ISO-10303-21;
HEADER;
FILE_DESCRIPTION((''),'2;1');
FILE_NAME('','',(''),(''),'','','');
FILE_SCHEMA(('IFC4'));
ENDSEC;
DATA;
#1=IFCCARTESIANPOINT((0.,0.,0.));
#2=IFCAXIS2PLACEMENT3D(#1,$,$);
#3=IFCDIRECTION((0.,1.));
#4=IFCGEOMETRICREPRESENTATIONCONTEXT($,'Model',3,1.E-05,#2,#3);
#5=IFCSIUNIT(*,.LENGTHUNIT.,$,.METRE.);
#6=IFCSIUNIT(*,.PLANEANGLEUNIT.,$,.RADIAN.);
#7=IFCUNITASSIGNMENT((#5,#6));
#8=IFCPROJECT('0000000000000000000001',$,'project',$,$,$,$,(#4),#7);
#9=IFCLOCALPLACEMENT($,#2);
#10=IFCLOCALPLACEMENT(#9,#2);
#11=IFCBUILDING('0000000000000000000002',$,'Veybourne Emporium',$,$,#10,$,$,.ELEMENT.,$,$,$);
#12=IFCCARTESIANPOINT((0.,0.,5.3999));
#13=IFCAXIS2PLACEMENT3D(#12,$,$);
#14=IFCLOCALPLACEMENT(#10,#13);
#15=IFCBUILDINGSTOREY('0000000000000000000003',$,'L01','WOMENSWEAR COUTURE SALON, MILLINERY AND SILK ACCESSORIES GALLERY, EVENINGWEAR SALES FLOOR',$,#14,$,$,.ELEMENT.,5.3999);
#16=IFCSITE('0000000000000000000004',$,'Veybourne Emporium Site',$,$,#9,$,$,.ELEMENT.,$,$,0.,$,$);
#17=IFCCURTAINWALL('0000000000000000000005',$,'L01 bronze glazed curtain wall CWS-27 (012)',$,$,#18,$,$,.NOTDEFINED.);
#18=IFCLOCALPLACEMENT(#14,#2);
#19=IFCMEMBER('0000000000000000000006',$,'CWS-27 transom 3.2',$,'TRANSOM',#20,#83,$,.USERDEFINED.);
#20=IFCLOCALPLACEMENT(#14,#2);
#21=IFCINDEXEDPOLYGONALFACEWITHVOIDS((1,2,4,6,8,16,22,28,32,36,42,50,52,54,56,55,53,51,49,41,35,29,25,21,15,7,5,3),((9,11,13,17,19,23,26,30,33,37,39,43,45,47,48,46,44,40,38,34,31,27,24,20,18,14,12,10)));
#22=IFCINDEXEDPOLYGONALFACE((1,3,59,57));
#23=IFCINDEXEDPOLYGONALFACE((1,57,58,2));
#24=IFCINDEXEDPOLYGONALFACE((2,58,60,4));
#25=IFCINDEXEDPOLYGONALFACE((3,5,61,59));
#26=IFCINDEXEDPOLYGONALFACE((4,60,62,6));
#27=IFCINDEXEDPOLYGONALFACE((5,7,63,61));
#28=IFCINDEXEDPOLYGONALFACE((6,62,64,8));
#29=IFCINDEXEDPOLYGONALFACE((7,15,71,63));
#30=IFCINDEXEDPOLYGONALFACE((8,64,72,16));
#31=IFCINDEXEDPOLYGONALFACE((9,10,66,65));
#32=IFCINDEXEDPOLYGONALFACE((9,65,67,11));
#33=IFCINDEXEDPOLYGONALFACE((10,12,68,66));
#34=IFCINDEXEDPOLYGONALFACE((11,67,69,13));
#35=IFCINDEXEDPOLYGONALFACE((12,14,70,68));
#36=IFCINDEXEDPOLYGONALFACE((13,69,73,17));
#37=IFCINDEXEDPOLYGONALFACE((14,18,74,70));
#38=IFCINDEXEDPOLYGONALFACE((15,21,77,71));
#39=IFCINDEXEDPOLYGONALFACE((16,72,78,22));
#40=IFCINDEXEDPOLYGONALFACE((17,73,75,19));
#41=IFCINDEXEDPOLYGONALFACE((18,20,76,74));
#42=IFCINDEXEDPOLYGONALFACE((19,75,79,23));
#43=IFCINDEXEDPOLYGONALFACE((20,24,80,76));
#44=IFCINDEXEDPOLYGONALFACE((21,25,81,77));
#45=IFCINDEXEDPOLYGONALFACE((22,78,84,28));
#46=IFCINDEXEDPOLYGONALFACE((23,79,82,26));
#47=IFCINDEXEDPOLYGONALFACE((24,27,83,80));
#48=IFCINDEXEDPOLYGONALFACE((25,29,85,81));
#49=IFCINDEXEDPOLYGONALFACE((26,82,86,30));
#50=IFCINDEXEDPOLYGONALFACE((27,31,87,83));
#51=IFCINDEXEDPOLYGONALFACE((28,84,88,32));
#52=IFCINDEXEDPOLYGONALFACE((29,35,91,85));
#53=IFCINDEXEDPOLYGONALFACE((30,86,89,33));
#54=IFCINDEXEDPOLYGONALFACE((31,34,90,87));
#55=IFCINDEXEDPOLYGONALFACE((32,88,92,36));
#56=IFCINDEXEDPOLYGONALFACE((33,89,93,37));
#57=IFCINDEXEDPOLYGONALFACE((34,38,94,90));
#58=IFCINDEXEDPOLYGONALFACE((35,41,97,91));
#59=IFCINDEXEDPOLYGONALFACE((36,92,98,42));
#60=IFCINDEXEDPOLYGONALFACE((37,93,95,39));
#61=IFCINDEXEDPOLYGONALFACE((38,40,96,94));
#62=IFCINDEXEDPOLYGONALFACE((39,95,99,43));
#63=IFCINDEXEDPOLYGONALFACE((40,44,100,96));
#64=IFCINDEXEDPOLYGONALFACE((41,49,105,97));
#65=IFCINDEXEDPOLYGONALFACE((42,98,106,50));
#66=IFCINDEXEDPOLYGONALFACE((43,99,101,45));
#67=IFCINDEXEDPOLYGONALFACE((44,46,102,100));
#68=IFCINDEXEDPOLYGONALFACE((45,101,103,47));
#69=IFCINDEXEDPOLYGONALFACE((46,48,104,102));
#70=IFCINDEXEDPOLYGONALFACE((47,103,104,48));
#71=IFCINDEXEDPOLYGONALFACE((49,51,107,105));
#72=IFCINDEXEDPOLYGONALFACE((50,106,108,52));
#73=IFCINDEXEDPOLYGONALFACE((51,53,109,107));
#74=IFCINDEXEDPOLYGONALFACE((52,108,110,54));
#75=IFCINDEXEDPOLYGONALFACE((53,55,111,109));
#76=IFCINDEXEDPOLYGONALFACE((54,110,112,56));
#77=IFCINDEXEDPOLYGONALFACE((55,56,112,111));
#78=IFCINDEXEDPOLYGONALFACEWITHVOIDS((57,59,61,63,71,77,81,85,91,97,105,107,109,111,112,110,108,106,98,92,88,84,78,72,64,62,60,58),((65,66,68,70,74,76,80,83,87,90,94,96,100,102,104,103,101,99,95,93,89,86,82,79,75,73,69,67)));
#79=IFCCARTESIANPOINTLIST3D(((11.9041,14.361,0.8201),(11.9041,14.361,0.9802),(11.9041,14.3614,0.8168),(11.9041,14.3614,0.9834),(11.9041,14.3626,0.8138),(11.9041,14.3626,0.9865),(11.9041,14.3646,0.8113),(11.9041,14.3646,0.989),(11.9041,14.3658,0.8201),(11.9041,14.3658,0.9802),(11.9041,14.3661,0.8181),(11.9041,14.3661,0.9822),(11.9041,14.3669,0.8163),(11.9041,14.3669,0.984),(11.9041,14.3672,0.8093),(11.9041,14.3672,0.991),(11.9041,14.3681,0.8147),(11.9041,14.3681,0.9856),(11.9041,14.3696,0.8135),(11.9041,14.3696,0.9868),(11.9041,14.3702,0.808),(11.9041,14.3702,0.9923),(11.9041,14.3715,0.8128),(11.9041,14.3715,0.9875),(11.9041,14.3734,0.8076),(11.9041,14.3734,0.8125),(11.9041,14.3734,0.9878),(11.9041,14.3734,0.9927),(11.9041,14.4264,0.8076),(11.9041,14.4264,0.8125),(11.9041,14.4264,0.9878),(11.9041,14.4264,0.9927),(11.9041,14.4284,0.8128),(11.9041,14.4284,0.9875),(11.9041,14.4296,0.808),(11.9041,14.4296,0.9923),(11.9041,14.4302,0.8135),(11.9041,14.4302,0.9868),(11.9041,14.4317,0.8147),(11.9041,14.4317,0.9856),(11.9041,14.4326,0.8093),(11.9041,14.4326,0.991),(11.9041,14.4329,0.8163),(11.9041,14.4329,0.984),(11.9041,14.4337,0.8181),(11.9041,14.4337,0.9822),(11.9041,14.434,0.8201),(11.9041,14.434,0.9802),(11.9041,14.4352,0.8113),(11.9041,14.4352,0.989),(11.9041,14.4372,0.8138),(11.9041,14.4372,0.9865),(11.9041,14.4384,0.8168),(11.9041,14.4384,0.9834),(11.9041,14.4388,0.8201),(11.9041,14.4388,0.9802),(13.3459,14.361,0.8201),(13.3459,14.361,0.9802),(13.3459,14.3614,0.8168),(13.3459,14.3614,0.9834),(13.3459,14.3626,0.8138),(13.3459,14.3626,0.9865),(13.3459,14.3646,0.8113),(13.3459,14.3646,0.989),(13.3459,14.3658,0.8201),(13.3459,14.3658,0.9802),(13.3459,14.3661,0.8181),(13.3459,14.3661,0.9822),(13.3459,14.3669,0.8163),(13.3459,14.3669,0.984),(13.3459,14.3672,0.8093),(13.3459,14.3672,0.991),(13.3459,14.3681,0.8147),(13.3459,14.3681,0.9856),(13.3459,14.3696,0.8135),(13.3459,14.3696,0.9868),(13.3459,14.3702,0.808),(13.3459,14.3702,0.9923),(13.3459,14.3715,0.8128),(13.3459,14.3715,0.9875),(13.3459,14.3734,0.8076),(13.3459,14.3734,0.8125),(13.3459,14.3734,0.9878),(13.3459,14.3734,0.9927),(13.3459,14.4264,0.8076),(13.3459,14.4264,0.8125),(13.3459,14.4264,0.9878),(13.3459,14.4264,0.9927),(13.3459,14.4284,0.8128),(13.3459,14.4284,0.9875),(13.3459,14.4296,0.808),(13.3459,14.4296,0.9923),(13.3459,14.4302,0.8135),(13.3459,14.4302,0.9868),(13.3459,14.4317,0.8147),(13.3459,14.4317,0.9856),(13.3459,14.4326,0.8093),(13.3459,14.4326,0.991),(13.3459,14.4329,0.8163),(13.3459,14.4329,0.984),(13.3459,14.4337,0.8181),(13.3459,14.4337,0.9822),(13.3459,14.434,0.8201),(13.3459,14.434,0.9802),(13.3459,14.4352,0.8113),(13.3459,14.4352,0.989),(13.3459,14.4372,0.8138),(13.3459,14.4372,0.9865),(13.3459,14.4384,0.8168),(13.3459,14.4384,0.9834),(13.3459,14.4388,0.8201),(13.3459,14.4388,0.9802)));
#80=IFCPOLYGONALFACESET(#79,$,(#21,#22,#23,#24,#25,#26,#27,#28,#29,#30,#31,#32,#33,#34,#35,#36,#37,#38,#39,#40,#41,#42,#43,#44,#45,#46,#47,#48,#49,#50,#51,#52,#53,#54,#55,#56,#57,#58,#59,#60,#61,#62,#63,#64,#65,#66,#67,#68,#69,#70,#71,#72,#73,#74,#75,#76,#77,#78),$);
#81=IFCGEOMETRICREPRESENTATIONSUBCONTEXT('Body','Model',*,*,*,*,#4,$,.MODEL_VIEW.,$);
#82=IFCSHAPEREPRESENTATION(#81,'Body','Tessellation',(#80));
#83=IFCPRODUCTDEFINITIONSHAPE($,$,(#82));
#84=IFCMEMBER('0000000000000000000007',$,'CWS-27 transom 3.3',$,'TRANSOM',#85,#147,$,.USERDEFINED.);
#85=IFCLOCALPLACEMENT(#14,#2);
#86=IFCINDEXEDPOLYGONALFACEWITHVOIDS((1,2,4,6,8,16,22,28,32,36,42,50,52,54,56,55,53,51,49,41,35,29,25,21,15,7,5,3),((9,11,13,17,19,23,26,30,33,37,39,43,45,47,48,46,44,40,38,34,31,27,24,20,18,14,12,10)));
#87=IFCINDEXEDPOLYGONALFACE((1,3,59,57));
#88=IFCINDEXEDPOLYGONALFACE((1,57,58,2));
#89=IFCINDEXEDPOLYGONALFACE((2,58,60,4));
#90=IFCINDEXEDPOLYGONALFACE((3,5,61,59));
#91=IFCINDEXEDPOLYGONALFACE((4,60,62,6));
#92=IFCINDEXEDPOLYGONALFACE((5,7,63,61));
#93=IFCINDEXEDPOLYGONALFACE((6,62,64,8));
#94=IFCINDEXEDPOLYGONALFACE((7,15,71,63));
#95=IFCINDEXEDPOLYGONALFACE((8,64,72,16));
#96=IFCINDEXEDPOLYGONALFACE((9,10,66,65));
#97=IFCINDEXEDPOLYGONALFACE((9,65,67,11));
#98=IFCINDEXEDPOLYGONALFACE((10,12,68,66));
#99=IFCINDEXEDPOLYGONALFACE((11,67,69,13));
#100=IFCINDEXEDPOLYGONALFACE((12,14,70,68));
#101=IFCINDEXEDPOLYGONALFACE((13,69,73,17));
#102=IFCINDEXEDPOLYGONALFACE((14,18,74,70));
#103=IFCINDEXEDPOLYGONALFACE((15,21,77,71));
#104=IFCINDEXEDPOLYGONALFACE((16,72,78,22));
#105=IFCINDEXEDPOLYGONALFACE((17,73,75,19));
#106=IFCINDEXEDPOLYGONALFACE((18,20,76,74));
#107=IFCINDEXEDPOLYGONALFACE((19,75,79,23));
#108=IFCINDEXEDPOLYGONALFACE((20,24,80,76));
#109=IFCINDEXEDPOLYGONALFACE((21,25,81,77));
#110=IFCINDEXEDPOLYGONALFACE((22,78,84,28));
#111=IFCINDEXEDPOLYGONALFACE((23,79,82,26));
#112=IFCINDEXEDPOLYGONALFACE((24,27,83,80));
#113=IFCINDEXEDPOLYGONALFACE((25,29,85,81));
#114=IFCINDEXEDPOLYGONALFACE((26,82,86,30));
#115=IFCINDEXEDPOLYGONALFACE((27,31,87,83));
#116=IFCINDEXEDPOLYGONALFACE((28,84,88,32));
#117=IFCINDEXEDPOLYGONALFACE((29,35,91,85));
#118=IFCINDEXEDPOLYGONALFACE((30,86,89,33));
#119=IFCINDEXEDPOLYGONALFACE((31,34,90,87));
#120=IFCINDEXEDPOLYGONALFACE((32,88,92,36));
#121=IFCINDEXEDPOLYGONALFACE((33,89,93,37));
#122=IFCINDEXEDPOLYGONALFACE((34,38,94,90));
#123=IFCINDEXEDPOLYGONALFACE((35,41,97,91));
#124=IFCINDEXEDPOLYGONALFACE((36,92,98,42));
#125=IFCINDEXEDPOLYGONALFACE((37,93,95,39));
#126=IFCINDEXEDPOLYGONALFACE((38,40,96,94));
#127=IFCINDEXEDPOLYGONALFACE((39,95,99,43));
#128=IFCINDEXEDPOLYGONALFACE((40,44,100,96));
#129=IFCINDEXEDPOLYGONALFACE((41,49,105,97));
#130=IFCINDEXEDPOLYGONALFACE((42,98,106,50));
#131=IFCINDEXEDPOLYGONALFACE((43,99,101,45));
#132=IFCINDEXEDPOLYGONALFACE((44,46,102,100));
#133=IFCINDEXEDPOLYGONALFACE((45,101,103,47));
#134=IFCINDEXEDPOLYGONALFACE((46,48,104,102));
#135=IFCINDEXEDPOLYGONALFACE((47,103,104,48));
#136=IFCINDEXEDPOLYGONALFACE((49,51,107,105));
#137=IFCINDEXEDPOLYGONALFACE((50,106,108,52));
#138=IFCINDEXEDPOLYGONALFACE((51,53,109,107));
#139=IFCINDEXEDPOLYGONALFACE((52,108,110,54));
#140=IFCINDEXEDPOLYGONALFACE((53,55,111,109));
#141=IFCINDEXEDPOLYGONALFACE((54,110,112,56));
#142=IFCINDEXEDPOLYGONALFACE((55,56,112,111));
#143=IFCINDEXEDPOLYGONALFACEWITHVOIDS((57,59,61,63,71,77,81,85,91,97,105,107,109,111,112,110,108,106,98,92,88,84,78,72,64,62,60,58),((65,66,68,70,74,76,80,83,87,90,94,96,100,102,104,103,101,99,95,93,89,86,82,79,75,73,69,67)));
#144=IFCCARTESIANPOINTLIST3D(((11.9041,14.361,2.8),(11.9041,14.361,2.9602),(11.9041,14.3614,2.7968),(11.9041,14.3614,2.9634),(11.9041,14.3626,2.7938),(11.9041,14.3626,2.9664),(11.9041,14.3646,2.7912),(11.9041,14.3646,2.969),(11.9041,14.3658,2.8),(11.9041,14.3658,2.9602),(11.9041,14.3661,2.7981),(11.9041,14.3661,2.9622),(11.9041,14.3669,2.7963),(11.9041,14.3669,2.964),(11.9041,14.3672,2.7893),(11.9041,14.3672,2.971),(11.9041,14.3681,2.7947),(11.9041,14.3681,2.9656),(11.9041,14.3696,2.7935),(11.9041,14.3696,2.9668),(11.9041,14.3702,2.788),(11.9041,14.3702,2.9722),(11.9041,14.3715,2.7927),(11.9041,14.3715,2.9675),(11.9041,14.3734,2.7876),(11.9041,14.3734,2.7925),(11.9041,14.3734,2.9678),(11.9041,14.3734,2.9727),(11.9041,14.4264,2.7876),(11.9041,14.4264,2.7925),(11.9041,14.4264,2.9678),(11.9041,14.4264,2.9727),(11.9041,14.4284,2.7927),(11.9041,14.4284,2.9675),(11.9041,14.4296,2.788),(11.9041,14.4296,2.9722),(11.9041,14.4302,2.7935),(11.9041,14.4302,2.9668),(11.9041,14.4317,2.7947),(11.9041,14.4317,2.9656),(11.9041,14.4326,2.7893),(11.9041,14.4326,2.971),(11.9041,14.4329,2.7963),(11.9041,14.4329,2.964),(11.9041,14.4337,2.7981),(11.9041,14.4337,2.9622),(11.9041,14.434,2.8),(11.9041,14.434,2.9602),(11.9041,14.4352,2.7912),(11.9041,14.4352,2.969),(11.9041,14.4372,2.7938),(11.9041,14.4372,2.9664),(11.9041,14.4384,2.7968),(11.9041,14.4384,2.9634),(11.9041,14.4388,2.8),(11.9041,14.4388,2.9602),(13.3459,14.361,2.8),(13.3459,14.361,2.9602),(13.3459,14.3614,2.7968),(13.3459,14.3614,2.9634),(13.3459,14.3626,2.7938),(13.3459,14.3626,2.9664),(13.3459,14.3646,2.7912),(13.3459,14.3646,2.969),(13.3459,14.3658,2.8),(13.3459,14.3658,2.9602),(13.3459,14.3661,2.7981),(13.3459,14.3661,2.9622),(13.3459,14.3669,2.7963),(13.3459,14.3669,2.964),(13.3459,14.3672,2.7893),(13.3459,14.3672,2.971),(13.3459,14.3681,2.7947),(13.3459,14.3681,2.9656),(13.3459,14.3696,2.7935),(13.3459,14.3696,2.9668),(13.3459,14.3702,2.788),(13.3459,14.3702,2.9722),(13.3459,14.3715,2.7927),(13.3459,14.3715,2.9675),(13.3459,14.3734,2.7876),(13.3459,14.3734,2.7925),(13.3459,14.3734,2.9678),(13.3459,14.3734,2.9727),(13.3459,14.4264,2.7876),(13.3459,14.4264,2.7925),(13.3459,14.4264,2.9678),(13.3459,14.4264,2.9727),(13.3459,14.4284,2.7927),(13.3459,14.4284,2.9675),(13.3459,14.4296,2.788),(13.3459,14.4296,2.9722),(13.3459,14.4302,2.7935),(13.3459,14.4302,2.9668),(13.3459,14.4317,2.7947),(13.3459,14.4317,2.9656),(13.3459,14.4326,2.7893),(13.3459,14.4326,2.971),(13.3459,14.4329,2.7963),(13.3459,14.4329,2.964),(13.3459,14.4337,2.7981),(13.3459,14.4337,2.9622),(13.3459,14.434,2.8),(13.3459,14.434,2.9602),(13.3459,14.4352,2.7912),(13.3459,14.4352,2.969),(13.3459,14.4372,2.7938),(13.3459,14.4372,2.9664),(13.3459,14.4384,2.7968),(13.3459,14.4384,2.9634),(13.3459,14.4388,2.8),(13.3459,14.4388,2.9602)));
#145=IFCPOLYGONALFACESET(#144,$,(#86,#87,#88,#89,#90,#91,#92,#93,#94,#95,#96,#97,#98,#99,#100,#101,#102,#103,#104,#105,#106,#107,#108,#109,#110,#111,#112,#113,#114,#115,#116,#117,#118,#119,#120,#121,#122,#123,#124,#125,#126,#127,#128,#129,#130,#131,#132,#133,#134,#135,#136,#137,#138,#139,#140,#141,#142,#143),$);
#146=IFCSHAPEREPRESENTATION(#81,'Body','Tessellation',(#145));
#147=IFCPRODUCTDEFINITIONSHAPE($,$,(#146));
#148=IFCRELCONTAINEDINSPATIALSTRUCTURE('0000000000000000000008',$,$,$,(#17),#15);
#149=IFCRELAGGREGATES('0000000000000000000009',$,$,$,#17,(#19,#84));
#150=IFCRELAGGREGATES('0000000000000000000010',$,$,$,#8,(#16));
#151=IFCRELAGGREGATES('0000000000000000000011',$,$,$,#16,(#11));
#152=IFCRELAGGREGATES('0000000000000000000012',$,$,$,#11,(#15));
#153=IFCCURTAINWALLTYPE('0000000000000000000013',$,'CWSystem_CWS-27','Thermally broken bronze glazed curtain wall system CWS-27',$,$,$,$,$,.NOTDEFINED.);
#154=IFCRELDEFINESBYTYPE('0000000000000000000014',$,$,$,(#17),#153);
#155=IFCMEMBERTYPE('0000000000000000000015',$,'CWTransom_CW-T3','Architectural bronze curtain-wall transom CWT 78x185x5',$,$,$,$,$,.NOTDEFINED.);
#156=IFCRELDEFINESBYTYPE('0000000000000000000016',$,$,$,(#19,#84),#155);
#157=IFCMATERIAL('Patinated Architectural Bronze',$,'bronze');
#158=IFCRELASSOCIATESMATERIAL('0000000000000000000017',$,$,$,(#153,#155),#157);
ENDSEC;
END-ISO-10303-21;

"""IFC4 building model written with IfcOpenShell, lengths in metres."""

from ifc_helpers import new_model, si_unit, direction, frame, origin, origin_2d, place, context, subcontext, project, spatial, hollow_rectangle, extrude, material, material_profile, profile_set, type_object, element, aggregate, save


model = new_model("IFC4")

# Units and contexts
model_context = context("Model", 3, precision=1e-05, world=origin(), true_north=direction((0.0, 1.0)))
body_context = subcontext(model_context, "Body", "Model", "MODEL_VIEW")
ifc_project = project(units=[si_unit("LENGTHUNIT", "METRE"), si_unit("PLANEANGLEUNIT", "RADIAN")], contexts=[model_context])

# Site, building, storey
site_placement = place(None, origin())
site = spatial("IfcSite", under=ifc_project, at=site_placement, Name="Veybourne Emporium Site", CompositionType="ELEMENT", RefElevation=0.0)
building_placement = place(site_placement, origin())
building = spatial("IfcBuilding", under=site, at=building_placement, Name="Veybourne Emporium", CompositionType="ELEMENT")
storey_placement = place(building_placement, frame((0.0, 0.0, 5.3999)))
storey = spatial("IfcBuildingStorey", under=building, at=storey_placement, Name="L01", Description="WOMENSWEAR COUTURE SALON, MILLINERY AND SILK ACCESSORIES GALLERY, EVENINGWEAR SALES FLOOR", CompositionType="ELEMENT", Elevation=5.3999)

# Curtain wall, members
ifc_material_1 = material(Name="Patinated Architectural Bronze", Category="bronze")
curtain_wall_type = type_object("IfcCurtainWallType", Name="CWSystem_CWS-27", Description="Thermally broken bronze glazed curtain wall system CWS-27", PredefinedType="NOTDEFINED", material=ifc_material_1)
curtain_wall_placement = place(storey_placement, origin())
curtain_wall = element("IfcCurtainWall", 1, at=curtain_wall_placement, inside=storey, type_object=curtain_wall_type, Name="L01 bronze glazed curtain wall CWS-27 (012)", PredefinedType="NOTDEFINED")
ifc_material_profile_1 = material_profile(ifc_material_1, hollow_rectangle(XDim=0.0779, YDim=0.1851, WallThickness=0.0049, InnerFilletRadius=0.0076, OuterFilletRadius=0.0125, at=origin_2d()), Name="CWT 78x185x5")
ifc_profile_set_1 = profile_set([ifc_material_profile_1], Name="Patinated Architectural Bronze")
member_type_1 = type_object("IfcMemberType", Name="CWTransom_CW-T3", Description="Architectural bronze curtain-wall transom CWT 78x185x5", PredefinedType="NOTDEFINED", material=ifc_profile_set_1)
member_1_placement = place(storey_placement, frame((13.3459, 14.3999, 0.9001), z_axis=(-1.0, 0.0, 0.0), x_axis=(0.0, -1.0, 0.0)))
member_1 = element("IfcMember", 2, at=member_1_placement, type_object=member_type_1, Name="CWS-27 transom 3.2", ObjectType="TRANSOM", PredefinedType="USERDEFINED", context=body_context, shape_type="SweptSolid", body=[
    extrude(hollow_rectangle(XDim=0.0779, YDim=0.1851, WallThickness=0.0049, InnerFilletRadius=0.0076, OuterFilletRadius=0.0125, at=origin_2d()), origin(), (0.0, 0.0, 1.0), 1.4419),
])
member_2_placement = place(storey_placement, frame((13.3459, 14.3999, 2.8801), z_axis=(-1.0, 0.0, 0.0), x_axis=(0.0, -1.0, 0.0)))
member_2 = element("IfcMember", 3, at=member_2_placement, type_object=member_type_1, Name="CWS-27 transom 3.3", ObjectType="TRANSOM", PredefinedType="USERDEFINED", context=body_context, shape_type="SweptSolid", body=[
    extrude(hollow_rectangle(XDim=0.0779, YDim=0.1851, WallThickness=0.0049, InnerFilletRadius=0.0076, OuterFilletRadius=0.0125, at=origin_2d()), origin(), (0.0, 0.0, 1.0), 1.4419),
])
aggregate(curtain_wall, [member_1, member_2])

save(model, "model.ifc")
